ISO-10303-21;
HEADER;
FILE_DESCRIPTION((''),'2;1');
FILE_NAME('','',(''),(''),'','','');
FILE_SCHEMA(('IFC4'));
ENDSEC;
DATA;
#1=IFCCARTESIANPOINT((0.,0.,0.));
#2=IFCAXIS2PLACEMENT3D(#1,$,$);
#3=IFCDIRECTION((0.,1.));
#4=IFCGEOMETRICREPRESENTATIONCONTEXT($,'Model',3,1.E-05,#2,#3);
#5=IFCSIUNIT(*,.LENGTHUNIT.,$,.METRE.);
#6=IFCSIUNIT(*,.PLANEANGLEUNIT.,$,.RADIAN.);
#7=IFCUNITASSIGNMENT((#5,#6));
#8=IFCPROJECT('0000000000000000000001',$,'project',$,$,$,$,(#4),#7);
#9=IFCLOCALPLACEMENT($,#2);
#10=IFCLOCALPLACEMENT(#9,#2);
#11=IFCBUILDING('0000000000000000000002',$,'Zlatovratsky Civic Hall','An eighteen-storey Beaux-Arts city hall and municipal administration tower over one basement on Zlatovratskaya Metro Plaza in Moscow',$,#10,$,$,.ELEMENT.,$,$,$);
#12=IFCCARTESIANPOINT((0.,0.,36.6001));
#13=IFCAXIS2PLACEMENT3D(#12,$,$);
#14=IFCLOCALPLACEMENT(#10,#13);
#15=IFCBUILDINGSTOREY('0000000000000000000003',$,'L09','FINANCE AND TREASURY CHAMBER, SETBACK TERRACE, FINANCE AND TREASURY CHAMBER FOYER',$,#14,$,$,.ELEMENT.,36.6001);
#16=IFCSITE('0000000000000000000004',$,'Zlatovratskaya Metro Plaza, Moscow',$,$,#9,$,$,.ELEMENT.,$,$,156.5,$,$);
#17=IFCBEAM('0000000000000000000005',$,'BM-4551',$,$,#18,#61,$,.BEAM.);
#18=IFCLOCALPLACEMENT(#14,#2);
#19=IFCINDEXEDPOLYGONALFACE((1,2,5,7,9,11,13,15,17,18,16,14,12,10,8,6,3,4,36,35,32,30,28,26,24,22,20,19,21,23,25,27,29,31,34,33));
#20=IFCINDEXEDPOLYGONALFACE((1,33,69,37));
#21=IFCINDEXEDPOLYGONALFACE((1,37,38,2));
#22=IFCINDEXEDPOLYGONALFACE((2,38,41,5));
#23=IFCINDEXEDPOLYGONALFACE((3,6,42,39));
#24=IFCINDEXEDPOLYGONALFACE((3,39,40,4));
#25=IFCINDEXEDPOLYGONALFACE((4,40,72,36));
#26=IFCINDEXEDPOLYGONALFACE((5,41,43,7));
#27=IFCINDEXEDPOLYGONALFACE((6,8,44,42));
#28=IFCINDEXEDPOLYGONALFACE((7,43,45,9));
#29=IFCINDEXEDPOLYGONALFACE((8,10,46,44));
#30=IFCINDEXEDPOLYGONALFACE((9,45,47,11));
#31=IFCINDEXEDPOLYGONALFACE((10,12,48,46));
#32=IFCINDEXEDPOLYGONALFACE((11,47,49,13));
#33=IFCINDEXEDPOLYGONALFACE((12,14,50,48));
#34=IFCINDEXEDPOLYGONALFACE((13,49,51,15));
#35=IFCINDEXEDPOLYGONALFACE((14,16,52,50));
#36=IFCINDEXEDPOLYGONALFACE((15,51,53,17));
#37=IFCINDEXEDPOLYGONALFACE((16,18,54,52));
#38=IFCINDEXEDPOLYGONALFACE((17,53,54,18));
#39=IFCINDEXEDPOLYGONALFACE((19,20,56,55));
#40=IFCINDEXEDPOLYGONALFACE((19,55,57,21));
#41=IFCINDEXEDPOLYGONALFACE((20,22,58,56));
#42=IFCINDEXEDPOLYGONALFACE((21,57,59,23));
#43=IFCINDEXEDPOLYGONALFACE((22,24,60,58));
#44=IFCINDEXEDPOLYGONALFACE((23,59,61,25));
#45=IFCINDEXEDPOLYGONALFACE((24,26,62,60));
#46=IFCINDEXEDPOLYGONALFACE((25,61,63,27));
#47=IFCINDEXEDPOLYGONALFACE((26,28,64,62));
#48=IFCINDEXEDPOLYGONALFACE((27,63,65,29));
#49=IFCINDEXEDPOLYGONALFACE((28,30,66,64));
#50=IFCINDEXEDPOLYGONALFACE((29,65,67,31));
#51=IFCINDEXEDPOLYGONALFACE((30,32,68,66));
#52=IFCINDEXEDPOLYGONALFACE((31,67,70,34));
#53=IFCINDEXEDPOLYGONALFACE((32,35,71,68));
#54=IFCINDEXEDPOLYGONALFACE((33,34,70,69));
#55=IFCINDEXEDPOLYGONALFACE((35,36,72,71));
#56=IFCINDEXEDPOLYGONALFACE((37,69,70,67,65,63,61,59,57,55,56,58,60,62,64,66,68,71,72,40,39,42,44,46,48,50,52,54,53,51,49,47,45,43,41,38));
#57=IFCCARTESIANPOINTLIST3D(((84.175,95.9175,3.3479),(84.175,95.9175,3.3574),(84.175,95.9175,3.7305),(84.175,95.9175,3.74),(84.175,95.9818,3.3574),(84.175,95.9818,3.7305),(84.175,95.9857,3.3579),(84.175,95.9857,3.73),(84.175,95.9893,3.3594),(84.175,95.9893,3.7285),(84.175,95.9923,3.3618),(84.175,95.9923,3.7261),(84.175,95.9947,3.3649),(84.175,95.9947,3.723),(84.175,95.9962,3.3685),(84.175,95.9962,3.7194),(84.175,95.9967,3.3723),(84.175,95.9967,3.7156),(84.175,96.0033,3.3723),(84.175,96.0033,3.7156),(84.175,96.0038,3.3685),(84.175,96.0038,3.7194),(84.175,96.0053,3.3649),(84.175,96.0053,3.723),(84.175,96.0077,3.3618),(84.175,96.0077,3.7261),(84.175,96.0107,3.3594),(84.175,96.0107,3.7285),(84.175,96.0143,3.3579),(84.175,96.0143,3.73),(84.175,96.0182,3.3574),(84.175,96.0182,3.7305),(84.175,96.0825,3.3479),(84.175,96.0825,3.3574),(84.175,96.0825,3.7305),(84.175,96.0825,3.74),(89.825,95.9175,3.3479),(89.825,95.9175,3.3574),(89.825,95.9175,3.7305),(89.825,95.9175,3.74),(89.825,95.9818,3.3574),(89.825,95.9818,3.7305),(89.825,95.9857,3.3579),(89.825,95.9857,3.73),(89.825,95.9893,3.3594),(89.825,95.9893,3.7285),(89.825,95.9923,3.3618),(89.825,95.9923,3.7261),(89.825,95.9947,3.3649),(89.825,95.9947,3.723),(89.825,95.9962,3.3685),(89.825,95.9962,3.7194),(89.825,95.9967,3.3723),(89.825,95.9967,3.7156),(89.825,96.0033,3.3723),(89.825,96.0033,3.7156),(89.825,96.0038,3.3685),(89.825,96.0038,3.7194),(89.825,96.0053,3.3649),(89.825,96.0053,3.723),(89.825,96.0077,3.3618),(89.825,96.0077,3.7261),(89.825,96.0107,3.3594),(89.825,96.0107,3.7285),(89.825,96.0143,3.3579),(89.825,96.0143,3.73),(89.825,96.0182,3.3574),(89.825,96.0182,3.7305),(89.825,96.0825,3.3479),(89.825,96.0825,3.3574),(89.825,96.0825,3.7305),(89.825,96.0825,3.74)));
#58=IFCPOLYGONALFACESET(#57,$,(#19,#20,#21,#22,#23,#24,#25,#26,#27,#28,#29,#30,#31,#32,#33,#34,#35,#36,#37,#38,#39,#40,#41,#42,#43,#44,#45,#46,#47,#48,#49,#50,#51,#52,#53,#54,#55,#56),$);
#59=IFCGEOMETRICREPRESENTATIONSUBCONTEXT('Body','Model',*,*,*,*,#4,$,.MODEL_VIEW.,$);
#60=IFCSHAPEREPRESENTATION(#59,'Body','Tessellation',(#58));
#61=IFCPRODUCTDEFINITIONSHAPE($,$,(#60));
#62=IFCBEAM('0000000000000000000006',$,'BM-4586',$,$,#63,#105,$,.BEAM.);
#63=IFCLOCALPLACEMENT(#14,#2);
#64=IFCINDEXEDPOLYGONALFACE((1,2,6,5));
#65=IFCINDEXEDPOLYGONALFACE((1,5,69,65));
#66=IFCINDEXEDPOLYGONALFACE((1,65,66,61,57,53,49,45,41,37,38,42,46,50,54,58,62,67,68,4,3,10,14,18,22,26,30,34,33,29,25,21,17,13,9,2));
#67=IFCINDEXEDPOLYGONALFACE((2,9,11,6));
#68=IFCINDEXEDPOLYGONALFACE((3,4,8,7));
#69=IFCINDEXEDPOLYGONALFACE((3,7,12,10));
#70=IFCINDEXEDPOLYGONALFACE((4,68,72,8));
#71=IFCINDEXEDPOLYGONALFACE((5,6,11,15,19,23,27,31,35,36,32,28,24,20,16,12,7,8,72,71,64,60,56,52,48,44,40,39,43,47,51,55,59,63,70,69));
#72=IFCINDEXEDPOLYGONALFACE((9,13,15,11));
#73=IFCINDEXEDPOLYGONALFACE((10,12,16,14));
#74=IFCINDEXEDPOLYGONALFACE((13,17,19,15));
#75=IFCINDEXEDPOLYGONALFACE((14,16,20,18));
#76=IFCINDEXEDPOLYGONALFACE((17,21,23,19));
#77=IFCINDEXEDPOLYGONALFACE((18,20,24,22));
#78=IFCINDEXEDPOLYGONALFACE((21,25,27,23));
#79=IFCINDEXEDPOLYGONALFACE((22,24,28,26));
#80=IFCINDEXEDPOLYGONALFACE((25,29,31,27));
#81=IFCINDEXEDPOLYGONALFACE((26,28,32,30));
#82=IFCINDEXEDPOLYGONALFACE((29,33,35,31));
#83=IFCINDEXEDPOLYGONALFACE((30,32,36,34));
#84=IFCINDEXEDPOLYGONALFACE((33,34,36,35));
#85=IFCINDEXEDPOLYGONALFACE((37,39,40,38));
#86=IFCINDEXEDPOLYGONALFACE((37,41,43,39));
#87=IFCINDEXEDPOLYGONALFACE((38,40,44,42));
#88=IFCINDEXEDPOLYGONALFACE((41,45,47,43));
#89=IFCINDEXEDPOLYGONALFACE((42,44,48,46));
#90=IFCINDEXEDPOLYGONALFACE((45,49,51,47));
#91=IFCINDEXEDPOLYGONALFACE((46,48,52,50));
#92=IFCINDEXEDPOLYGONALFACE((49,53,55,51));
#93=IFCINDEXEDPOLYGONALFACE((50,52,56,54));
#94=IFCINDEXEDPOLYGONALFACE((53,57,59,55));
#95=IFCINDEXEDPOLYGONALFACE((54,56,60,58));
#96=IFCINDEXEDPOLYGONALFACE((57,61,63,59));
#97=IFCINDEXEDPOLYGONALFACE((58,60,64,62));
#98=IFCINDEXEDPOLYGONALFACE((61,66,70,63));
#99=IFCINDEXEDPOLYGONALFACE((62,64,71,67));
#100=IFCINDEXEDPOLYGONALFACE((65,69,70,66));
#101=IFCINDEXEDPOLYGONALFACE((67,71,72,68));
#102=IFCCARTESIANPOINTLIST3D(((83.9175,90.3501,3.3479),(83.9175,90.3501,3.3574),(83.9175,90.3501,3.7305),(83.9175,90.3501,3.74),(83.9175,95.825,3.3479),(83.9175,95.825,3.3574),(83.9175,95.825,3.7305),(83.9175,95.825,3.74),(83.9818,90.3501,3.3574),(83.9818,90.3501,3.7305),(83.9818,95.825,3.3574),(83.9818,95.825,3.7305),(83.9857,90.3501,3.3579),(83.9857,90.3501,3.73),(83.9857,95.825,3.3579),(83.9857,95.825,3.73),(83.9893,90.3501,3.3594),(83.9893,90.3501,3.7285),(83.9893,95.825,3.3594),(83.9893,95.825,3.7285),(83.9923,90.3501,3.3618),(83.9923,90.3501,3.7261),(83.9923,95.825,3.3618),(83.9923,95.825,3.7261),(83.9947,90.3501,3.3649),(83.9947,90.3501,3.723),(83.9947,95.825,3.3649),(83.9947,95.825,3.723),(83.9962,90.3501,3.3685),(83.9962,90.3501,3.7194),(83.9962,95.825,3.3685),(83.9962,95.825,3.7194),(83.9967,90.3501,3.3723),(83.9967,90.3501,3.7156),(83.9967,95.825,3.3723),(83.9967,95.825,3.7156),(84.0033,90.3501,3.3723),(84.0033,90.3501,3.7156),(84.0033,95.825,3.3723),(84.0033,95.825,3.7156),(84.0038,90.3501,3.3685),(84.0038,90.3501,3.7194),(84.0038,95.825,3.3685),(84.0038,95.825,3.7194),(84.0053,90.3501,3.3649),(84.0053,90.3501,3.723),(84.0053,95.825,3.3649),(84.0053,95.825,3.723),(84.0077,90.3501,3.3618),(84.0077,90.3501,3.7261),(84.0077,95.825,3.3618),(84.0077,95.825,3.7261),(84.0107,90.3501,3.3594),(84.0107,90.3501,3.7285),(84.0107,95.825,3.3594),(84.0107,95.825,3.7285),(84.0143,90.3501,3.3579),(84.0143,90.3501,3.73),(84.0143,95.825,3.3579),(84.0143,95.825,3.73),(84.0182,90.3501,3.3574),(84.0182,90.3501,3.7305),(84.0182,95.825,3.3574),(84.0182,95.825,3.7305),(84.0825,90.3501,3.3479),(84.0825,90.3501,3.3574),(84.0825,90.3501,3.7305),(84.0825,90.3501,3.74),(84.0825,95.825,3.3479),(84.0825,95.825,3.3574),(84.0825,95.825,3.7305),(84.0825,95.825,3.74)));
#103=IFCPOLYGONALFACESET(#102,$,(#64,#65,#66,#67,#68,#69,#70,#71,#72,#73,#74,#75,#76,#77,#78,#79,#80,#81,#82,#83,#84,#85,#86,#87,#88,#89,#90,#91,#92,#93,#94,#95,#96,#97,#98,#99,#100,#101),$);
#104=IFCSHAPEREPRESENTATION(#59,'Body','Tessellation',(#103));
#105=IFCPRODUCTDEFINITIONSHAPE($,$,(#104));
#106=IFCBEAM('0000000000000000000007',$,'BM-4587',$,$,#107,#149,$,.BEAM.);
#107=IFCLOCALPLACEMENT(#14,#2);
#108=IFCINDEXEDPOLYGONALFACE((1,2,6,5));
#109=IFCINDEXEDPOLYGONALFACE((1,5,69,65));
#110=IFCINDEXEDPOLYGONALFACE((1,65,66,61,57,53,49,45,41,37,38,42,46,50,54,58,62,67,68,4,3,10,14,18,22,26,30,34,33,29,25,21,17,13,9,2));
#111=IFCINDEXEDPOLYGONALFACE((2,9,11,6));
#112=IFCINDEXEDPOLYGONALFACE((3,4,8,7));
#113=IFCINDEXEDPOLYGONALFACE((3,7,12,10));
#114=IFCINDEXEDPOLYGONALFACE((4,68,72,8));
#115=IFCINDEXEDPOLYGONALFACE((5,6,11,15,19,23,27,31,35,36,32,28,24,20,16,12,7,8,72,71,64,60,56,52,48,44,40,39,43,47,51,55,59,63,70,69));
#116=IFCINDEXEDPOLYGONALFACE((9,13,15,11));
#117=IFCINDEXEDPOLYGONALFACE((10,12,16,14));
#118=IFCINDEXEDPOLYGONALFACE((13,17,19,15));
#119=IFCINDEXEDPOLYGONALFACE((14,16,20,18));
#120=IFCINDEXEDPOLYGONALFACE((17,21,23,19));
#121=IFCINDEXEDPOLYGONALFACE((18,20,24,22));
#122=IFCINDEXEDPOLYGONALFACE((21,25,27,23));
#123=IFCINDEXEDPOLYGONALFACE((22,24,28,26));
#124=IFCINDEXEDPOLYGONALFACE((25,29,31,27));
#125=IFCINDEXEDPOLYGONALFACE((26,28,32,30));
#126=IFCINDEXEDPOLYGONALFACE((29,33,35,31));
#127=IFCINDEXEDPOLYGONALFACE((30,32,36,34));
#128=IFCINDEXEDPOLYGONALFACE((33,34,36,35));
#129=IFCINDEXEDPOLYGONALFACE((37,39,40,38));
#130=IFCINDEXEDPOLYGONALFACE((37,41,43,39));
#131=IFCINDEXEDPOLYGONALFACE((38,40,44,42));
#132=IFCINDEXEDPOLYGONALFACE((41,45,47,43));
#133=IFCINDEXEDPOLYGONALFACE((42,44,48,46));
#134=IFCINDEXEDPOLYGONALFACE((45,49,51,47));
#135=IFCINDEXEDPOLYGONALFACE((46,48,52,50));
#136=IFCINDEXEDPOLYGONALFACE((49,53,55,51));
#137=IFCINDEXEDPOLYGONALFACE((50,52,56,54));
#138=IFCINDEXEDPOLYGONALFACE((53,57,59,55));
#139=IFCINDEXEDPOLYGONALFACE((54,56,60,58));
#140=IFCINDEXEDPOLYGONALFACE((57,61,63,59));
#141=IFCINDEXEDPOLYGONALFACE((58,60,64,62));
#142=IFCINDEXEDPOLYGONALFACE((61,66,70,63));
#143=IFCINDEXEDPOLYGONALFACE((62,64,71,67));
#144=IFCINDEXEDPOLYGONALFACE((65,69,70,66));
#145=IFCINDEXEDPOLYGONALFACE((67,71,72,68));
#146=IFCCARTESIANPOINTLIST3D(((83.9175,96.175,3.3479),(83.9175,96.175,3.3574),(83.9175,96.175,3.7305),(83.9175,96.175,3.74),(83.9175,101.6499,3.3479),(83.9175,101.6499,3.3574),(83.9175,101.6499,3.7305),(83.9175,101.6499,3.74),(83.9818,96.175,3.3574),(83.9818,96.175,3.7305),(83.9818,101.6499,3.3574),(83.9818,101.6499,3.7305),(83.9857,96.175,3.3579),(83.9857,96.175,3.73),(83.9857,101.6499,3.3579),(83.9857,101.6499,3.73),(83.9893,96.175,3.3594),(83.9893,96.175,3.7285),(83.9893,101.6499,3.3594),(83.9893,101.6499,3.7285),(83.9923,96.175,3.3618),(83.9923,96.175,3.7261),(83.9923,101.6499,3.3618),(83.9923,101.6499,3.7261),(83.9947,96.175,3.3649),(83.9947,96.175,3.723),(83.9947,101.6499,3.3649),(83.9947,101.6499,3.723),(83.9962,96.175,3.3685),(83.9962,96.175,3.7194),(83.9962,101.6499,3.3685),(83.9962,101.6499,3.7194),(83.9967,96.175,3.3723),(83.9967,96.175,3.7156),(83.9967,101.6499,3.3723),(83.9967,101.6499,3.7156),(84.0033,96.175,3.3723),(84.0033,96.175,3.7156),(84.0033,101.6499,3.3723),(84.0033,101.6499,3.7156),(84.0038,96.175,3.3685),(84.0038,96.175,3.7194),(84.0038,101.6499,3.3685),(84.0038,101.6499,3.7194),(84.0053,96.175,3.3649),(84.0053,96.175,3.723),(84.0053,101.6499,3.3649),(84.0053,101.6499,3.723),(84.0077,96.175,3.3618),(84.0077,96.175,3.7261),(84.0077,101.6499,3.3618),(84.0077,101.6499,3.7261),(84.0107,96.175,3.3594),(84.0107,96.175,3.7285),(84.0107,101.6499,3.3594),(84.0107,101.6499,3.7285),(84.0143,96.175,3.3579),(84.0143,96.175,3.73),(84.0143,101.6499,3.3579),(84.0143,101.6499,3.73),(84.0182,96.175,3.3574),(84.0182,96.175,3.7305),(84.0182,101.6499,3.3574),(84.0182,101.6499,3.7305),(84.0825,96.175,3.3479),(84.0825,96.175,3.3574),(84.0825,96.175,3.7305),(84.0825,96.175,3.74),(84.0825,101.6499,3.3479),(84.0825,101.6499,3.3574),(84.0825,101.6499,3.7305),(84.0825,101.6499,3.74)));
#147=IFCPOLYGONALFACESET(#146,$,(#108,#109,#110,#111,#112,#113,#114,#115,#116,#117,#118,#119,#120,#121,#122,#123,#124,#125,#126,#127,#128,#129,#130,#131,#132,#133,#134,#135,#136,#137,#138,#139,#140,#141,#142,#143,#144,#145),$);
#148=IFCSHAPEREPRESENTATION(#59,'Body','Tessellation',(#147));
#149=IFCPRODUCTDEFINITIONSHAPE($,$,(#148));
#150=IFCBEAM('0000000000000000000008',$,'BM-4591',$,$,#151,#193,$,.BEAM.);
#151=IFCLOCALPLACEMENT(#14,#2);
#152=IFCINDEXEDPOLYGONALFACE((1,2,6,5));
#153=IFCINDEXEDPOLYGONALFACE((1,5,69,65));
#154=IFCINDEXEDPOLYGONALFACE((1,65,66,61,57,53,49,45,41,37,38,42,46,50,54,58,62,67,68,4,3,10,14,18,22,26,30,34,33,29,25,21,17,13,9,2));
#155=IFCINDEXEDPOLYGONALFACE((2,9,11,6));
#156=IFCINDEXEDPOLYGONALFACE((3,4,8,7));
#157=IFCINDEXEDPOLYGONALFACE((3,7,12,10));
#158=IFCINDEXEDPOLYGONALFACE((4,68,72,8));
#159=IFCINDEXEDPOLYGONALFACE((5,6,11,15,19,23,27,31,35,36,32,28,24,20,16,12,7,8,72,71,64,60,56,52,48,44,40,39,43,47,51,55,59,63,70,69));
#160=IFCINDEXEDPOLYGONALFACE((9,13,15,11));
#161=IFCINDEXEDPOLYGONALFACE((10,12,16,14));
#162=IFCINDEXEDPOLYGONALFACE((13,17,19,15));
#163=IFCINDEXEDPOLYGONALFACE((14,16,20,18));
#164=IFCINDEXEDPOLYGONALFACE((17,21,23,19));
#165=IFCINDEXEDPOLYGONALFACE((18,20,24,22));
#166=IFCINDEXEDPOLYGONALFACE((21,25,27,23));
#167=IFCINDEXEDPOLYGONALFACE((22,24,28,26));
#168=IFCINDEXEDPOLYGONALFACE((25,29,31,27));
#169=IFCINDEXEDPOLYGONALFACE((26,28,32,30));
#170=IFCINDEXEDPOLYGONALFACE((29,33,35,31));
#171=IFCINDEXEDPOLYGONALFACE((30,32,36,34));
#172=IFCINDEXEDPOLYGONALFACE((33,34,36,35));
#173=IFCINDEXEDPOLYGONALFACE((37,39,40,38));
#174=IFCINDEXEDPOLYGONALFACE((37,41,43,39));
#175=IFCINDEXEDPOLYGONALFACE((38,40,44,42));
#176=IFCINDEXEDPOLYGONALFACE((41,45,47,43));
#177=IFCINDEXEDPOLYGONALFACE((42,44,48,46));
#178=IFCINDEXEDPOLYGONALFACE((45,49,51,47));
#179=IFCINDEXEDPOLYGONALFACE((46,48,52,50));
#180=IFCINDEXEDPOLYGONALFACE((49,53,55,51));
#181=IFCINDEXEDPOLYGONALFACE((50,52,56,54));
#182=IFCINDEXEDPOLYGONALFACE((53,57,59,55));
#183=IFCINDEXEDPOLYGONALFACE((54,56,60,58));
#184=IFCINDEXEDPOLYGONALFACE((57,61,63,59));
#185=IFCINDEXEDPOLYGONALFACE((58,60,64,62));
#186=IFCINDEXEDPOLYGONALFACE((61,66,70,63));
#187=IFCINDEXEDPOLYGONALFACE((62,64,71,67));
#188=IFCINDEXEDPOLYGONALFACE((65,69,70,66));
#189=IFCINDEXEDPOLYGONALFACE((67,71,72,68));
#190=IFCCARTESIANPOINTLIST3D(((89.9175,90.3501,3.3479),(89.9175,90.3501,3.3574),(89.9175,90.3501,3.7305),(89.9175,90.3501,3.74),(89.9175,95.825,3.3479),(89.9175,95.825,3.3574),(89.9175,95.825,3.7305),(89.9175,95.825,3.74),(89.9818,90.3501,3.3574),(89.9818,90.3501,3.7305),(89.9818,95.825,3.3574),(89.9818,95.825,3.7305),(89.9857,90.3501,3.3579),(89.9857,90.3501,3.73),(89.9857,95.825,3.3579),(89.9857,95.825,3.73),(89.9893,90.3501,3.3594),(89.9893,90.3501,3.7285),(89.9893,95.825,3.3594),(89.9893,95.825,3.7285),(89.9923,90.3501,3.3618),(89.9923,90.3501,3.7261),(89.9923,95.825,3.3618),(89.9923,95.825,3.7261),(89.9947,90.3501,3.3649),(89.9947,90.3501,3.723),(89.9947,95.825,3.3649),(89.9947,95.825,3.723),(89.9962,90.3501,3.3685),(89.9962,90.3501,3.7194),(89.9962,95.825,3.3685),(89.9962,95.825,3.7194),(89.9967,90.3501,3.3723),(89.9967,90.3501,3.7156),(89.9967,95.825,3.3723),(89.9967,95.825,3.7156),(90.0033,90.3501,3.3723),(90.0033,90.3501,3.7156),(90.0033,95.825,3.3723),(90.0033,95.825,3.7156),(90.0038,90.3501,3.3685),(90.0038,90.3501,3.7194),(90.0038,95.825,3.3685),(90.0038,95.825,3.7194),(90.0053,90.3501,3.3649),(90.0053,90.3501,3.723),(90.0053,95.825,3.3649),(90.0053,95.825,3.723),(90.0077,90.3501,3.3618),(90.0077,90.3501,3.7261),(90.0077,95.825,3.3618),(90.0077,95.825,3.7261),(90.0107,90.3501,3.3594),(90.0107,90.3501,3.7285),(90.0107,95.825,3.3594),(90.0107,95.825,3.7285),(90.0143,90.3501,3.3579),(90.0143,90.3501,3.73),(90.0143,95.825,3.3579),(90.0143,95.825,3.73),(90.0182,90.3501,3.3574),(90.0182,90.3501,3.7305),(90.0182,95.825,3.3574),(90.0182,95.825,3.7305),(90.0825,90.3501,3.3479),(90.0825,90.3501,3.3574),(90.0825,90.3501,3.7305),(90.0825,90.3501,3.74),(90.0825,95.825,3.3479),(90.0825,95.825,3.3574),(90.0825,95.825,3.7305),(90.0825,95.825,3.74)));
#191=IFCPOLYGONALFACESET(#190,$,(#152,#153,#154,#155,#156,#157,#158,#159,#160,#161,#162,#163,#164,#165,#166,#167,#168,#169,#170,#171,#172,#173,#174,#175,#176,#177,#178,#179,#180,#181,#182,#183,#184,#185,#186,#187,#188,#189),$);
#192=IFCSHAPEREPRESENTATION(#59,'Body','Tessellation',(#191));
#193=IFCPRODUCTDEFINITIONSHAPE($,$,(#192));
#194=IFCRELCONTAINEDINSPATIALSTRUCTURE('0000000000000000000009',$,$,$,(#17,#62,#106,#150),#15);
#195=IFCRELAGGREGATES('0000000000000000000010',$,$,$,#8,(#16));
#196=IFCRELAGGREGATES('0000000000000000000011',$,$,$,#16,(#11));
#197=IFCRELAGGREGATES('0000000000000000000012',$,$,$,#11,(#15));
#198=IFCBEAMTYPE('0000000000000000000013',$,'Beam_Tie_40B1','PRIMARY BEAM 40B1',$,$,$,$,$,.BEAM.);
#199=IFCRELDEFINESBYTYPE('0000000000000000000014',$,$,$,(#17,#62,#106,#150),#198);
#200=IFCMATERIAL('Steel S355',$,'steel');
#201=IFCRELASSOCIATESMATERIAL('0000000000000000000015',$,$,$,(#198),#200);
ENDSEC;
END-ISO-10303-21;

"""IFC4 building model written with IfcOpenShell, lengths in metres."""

from ifc_helpers import new_model, si_unit, direction, frame, origin, origin_2d, place, context, subcontext, project, spatial, i_section, extrude, material, material_profile, profile_set, type_object, element, save


model = new_model("IFC4")

# Units and contexts
model_context = context("Model", 3, precision=1e-05, world=origin(), true_north=direction((0.0, 1.0)))
body_context = subcontext(model_context, "Body", "Model", "MODEL_VIEW")
ifc_project = project(units=[si_unit("LENGTHUNIT", "METRE"), si_unit("PLANEANGLEUNIT", "RADIAN")], contexts=[model_context])

# Site, building, storey
site_placement = place(None, origin())
site = spatial("IfcSite", under=ifc_project, at=site_placement, Name="Zlatovratskaya Metro Plaza, Moscow", CompositionType="ELEMENT", RefElevation=156.5)
building_placement = place(site_placement, origin())
building = spatial("IfcBuilding", under=site, at=building_placement, Name="Zlatovratsky Civic Hall", Description="An eighteen-storey Beaux-Arts city hall and municipal administration tower over one basement on Zlatovratskaya Metro Plaza in Moscow", CompositionType="ELEMENT")
storey_placement = place(building_placement, frame((0.0, 0.0, 36.6001)))
storey = spatial("IfcBuildingStorey", under=building, at=storey_placement, Name="L09", Description="FINANCE AND TREASURY CHAMBER, SETBACK TERRACE, FINANCE AND TREASURY CHAMBER FOYER", CompositionType="ELEMENT", Elevation=36.6001)

# Shared definitions
ifc_material_1 = material(Name="Steel S355", Category="steel")

# Beams
ifc_material_profile_1 = material_profile(ifc_material_1, i_section(OverallWidth=0.165, OverallDepth=0.3921, WebThickness=0.0066, FlangeThickness=0.0095, FilletRadius=0.0149, at=origin_2d()), Name="40B1")
ifc_profile_set_1 = profile_set([ifc_material_profile_1], Name="Steel S355")
beam_type_1 = type_object("IfcBeamType", Name="Beam_Tie_40B1", Description="PRIMARY BEAM 40B1", PredefinedType="BEAM", material=ifc_profile_set_1)
beam_1_placement = place(storey_placement, frame((84.175, 96.0, 3.5439), z_axis=(1.0, 0.0, 0.0), x_axis=(0.0, 1.0, 0.0)))
element("IfcBeam", 1, at=beam_1_placement, inside=storey, type_object=beam_type_1, Name="BM-4551", PredefinedType="BEAM", context=body_context, shape_type="SweptSolid", body=[
    extrude(i_section(OverallWidth=0.165, OverallDepth=0.3921, WebThickness=0.0066, FlangeThickness=0.0095, FilletRadius=0.0149, at=origin_2d()), origin(), (0.0, 0.0, 1.0), 5.6499),
])
for number, where, z_axis, x_axis, name in (
    (2, (84.0, 90.3501, 3.5439), (0.0, 1.0, 0.0), (-1.0, 0.0, 0.0), "BM-4586"),
    (3, (84.0, 96.175, 3.5439), (0.0, 1.0, 0.0), (-1.0, 0.0, 0.0), "BM-4587"),
    (4, (90.0, 90.3501, 3.5439), (0.0, 1.0, 0.0), (-1.0, 0.0, 0.0), "BM-4591"),
):
    element("IfcBeam", number, at=place(storey_placement, frame(where, z_axis=z_axis, x_axis=x_axis)), inside=storey, type_object=beam_type_1, Name=name, PredefinedType="BEAM", context=body_context, shape_type="SweptSolid", body=[
        extrude(i_section(OverallWidth=0.165, OverallDepth=0.3921, WebThickness=0.0066, FlangeThickness=0.0095, FilletRadius=0.0149, at=origin_2d()), origin(), (0.0, 0.0, 1.0), 5.4749),
    ])

save(model, "model.ifc")
